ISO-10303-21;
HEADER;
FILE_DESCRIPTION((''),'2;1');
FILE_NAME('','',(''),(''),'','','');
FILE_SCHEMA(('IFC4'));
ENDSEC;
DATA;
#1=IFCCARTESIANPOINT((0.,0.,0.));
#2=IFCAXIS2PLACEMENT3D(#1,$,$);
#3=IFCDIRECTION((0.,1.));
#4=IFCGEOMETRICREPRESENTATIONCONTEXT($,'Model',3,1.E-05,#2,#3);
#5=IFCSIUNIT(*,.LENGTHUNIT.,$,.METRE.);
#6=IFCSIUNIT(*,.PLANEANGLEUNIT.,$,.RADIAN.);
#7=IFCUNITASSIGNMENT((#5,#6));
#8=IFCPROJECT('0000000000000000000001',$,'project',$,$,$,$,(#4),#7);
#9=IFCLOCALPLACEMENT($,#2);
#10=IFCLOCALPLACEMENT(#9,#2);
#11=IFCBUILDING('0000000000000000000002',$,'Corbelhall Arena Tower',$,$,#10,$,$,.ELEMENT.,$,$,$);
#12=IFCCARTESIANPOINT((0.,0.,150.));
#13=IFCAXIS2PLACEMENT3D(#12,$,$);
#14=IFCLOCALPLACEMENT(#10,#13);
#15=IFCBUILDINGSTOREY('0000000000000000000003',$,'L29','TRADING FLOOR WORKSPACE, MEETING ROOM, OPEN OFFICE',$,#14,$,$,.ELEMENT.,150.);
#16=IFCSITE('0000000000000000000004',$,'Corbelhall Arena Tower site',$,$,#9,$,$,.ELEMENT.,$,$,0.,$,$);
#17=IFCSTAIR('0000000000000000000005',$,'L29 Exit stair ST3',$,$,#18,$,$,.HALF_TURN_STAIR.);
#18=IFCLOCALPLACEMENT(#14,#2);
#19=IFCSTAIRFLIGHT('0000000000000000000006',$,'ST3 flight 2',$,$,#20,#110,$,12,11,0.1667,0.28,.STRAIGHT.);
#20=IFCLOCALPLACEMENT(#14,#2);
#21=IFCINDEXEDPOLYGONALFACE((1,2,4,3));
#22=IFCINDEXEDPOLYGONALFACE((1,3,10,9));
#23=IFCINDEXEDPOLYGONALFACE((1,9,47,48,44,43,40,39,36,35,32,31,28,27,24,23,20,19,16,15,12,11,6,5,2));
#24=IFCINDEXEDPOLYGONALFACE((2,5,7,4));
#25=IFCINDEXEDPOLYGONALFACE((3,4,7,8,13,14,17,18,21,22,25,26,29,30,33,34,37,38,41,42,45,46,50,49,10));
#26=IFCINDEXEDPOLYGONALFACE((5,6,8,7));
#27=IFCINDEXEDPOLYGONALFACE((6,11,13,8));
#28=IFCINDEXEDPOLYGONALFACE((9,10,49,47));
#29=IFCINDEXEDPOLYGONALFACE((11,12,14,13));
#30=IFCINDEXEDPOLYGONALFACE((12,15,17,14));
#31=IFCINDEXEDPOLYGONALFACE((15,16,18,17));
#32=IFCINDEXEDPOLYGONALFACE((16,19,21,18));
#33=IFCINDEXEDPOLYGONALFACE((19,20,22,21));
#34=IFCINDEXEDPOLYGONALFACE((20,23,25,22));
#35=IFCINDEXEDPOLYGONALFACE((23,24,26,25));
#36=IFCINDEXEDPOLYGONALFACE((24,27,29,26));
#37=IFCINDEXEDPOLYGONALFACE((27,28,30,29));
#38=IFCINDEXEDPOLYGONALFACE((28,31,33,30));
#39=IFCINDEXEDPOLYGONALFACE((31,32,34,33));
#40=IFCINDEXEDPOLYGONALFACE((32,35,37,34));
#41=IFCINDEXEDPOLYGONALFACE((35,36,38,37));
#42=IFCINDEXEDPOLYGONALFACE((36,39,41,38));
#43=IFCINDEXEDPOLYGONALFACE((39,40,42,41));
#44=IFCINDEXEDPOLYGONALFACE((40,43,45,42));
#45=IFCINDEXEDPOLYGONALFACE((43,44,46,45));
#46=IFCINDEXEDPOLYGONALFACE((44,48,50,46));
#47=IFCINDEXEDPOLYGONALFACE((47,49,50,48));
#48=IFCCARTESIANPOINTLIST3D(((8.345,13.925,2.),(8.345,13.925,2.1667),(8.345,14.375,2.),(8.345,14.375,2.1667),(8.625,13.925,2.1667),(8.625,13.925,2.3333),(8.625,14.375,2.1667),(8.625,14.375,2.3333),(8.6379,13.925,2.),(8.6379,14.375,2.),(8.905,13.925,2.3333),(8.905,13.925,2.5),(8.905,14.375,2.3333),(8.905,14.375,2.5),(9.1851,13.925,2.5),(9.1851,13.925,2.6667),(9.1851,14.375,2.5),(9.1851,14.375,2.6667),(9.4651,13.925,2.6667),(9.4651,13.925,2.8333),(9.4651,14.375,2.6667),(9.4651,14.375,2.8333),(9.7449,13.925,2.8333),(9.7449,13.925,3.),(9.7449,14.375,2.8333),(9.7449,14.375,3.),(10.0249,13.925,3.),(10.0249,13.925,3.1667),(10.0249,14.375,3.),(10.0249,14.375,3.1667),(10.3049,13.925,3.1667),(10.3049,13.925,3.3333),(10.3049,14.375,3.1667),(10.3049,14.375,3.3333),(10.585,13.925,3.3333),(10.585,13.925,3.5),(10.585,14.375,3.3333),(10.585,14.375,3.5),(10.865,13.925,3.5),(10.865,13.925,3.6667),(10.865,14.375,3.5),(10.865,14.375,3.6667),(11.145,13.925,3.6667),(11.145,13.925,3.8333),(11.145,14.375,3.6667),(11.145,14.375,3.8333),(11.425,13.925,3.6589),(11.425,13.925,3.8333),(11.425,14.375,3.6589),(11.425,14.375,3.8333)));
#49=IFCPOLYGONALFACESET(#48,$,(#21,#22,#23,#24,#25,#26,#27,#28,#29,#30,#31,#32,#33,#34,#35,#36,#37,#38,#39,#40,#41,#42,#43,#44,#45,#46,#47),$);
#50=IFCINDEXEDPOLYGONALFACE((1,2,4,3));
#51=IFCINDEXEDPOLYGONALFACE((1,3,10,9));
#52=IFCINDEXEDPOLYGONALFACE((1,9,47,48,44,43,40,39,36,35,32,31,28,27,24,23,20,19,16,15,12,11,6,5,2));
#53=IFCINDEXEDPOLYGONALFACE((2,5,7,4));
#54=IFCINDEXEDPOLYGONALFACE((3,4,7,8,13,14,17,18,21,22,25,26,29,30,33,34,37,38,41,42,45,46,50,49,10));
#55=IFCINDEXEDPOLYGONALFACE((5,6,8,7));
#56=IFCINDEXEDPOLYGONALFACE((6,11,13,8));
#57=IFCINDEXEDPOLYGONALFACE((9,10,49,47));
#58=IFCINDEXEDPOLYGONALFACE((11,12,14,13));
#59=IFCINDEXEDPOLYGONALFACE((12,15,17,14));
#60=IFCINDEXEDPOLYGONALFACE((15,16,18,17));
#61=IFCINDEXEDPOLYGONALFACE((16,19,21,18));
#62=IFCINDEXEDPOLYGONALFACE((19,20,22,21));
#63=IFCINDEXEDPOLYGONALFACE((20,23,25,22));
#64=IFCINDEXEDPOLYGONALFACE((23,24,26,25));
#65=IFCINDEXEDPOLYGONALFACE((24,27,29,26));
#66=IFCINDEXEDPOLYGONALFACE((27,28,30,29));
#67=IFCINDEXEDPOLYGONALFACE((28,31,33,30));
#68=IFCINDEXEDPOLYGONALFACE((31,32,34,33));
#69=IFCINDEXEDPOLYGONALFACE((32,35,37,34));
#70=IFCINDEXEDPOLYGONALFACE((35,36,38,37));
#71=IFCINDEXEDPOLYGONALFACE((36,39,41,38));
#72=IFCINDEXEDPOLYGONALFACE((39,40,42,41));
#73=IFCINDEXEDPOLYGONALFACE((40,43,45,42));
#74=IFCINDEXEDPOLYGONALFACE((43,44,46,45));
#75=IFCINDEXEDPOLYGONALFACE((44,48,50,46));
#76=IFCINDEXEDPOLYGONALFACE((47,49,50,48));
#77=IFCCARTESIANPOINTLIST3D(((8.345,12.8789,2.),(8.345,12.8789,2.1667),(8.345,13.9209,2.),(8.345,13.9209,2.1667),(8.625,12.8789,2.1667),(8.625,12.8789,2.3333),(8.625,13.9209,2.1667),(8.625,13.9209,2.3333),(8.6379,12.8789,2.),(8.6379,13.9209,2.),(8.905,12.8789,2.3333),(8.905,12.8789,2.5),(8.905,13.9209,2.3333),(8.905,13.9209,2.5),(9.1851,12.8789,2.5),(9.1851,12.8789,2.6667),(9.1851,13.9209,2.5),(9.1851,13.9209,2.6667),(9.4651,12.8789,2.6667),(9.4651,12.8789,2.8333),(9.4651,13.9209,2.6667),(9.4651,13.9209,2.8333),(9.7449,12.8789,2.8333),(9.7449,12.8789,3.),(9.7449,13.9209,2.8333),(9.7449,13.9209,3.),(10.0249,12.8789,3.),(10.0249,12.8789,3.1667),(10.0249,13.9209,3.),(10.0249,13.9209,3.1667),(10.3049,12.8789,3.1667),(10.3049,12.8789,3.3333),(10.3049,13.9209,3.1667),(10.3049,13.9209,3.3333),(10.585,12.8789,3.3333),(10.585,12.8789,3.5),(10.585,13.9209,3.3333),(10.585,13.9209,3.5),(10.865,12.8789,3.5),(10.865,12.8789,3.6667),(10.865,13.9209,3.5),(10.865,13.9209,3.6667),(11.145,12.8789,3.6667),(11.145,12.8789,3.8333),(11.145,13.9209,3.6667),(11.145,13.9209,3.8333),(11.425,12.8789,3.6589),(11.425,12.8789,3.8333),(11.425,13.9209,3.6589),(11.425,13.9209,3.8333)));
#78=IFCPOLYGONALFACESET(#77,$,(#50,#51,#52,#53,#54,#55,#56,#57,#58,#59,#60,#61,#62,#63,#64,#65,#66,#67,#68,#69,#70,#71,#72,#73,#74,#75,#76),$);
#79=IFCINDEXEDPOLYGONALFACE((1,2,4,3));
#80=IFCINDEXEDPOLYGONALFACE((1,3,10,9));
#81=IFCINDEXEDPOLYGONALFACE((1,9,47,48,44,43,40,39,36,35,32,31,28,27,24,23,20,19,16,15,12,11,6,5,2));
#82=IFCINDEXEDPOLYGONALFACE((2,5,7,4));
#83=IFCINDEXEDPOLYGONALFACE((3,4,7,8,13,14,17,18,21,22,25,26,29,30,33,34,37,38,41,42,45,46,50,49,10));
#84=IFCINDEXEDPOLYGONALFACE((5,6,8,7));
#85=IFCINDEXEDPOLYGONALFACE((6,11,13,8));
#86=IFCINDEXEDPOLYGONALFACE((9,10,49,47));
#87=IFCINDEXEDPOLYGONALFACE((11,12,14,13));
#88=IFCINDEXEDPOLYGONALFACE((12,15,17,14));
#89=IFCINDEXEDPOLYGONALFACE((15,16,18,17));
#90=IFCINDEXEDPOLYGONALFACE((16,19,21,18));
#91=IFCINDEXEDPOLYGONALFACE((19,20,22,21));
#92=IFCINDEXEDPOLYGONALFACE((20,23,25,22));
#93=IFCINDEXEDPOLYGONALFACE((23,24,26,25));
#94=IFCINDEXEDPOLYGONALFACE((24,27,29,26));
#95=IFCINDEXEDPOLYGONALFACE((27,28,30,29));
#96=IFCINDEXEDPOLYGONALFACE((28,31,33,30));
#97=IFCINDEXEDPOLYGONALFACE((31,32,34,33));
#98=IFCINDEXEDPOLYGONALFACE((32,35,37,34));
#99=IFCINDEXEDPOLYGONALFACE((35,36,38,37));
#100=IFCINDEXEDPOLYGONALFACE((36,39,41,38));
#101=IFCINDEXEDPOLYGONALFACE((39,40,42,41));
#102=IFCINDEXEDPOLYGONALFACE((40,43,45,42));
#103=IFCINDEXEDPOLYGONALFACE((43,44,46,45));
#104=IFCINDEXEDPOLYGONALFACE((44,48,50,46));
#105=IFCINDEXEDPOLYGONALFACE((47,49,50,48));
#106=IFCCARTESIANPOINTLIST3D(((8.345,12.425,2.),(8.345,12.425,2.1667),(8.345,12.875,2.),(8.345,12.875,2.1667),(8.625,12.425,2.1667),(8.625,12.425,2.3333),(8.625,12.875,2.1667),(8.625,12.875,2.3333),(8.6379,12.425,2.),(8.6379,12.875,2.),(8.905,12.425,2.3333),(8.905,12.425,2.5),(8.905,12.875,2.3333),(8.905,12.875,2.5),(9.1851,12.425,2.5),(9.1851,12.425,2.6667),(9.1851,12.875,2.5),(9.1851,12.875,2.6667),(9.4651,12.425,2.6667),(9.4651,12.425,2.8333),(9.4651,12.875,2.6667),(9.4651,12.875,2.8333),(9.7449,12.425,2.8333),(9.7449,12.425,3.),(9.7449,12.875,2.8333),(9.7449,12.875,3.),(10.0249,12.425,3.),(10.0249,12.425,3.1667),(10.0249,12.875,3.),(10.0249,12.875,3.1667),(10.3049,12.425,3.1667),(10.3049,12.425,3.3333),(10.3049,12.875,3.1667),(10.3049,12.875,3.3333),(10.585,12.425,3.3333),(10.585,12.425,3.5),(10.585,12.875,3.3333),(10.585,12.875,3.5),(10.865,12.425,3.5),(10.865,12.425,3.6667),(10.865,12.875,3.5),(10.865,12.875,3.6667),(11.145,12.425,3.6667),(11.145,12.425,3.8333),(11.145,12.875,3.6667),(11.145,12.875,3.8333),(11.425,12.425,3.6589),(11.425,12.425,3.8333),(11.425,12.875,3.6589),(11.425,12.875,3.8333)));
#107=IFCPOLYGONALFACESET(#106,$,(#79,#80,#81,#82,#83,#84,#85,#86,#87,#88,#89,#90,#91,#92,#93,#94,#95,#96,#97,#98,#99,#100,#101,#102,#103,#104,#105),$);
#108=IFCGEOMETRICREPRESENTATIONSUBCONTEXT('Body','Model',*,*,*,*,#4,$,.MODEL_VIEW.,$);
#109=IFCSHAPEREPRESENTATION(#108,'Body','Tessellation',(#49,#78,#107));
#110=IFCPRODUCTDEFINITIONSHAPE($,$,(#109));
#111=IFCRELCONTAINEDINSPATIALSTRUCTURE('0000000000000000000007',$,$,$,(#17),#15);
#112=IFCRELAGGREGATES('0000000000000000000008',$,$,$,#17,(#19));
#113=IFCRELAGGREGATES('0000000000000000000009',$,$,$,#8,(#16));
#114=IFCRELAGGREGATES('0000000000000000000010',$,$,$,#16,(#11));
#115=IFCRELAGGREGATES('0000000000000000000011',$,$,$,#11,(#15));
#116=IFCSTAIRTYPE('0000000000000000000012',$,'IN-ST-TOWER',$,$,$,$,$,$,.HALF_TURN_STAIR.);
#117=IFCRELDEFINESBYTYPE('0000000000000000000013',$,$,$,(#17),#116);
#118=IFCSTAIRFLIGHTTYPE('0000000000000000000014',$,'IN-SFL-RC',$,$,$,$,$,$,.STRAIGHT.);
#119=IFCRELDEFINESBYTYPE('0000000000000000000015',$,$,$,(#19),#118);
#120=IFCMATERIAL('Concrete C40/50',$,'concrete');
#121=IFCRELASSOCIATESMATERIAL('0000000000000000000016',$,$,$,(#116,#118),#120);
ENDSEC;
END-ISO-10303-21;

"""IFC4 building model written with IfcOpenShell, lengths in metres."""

from ifc_helpers import new_model, si_unit, direction, frame, origin, place, context, subcontext, project, spatial, polyline, outline, extrude, material, type_object, element, aggregate, save


model = new_model("IFC4")

# Units and contexts
model_context = context("Model", 3, precision=1e-05, world=origin(), true_north=direction((0.0, 1.0)))
body_context = subcontext(model_context, "Body", "Model", "MODEL_VIEW")
ifc_project = project(units=[si_unit("LENGTHUNIT", "METRE"), si_unit("PLANEANGLEUNIT", "RADIAN")], contexts=[model_context])

# Site, building, storey
site_placement = place(None, origin())
site = spatial("IfcSite", under=ifc_project, at=site_placement, Name="Corbelhall Arena Tower site", CompositionType="ELEMENT", RefElevation=0.0)
building_placement = place(site_placement, origin())
building = spatial("IfcBuilding", under=site, at=building_placement, Name="Corbelhall Arena Tower", CompositionType="ELEMENT")
storey_placement = place(building_placement, frame((0.0, 0.0, 150.0)))
storey = spatial("IfcBuildingStorey", under=building, at=storey_placement, Name="L29", Description="TRADING FLOOR WORKSPACE, MEETING ROOM, OPEN OFFICE", CompositionType="ELEMENT", Elevation=150.0)

# Shared definitions
ifc_material_1 = material(Name="Concrete C40/50", Category="concrete")

# Stair, stair flight
stair_type = type_object("IfcStairType", Name="IN-ST-TOWER", PredefinedType="HALF_TURN_STAIR", material=ifc_material_1)
stair_placement = place(storey_placement, origin())
stair = element("IfcStair", 1, at=stair_placement, inside=storey, type_object=stair_type, Name="L29 Exit stair ST3", PredefinedType="HALF_TURN_STAIR")
stair_flight_type = type_object("IfcStairFlightType", Name="IN-SFL-RC", PredefinedType="STRAIGHT", material=ifc_material_1)
stair_flight_1_placement = place(storey_placement, frame((8.345, 13.3999, 2.0), z_axis=(0.0, 0.0, 1.0), x_axis=(1.0, 0.0, 0.0)))
stair_flight_1 = element("IfcStairFlight", 2, at=stair_flight_1_placement, type_object=stair_flight_type, Name="ST3 flight 2", NumberOfRisers=12, NumberOfTreads=11, PredefinedType="STRAIGHT", RiserHeight=0.1667, TreadLength=0.28, context=body_context, shape_type="SweptSolid", body=[
    extrude(outline(polyline([(0.0, 0.0), (0.0, 0.1667), (0.28, 0.1667), (0.28, 0.3333), (0.5601, 0.3333), (0.5601, 0.5), (0.8401, 0.5), (0.8401, 0.6667), (1.1201, 0.6667), (1.1201, 0.8333), (1.3999, 0.8333), (1.3999, 1.0), (1.6799, 1.0), (1.6799, 1.1667), (1.96, 1.1667), (1.96, 1.3333), (2.24, 1.3333), (2.24, 1.5), (2.52, 1.5), (2.52, 1.6667), (2.8, 1.6667), (2.8, 1.8333), (3.0801, 1.8333), (3.0801, 2.0), (3.0801, 1.6589), (0.293, 0.0), (0.0, 0.0)])), frame((0.0, 0.9751, 0.0), z_axis=(0.0, -1.0, 0.0), x_axis=(1.0, 0.0, 0.0)), (0.0, 0.0, 1.0), 0.45),
    extrude(outline(polyline([(0.0, 0.0), (0.0, 0.1667), (0.28, 0.1667), (0.28, 0.3333), (0.5601, 0.3333), (0.5601, 0.5), (0.8401, 0.5), (0.8401, 0.6667), (1.1201, 0.6667), (1.1201, 0.8333), (1.3999, 0.8333), (1.3999, 1.0), (1.6799, 1.0), (1.6799, 1.1667), (1.96, 1.1667), (1.96, 1.3333), (2.24, 1.3333), (2.24, 1.5), (2.52, 1.5), (2.52, 1.6667), (2.8, 1.6667), (2.8, 1.8333), (3.0801, 1.8333), (3.0801, 2.0), (3.0801, 1.6589), (0.293, 0.0), (0.0, 0.0)])), frame((0.0, 0.521, 0.0), z_axis=(0.0, -1.0, 0.0), x_axis=(1.0, 0.0, 0.0)), (0.0, 0.0, 1.0), 1.042),
    extrude(outline(polyline([(0.0, 0.0), (0.0, 0.1667), (0.28, 0.1667), (0.28, 0.3333), (0.5601, 0.3333), (0.5601, 0.5), (0.8401, 0.5), (0.8401, 0.6667), (1.1201, 0.6667), (1.1201, 0.8333), (1.3999, 0.8333), (1.3999, 1.0), (1.6799, 1.0), (1.6799, 1.1667), (1.96, 1.1667), (1.96, 1.3333), (2.24, 1.3333), (2.24, 1.5), (2.52, 1.5), (2.52, 1.6667), (2.8, 1.6667), (2.8, 1.8333), (3.0801, 1.8333), (3.0801, 2.0), (3.0801, 1.6589), (0.293, 0.0), (0.0, 0.0)])), frame((0.0, -0.5249, 0.0), z_axis=(0.0, -1.0, 0.0), x_axis=(1.0, 0.0, 0.0)), (0.0, 0.0, 1.0), 0.45),
])
aggregate(stair, [stair_flight_1])

save(model, "model.ifc")
